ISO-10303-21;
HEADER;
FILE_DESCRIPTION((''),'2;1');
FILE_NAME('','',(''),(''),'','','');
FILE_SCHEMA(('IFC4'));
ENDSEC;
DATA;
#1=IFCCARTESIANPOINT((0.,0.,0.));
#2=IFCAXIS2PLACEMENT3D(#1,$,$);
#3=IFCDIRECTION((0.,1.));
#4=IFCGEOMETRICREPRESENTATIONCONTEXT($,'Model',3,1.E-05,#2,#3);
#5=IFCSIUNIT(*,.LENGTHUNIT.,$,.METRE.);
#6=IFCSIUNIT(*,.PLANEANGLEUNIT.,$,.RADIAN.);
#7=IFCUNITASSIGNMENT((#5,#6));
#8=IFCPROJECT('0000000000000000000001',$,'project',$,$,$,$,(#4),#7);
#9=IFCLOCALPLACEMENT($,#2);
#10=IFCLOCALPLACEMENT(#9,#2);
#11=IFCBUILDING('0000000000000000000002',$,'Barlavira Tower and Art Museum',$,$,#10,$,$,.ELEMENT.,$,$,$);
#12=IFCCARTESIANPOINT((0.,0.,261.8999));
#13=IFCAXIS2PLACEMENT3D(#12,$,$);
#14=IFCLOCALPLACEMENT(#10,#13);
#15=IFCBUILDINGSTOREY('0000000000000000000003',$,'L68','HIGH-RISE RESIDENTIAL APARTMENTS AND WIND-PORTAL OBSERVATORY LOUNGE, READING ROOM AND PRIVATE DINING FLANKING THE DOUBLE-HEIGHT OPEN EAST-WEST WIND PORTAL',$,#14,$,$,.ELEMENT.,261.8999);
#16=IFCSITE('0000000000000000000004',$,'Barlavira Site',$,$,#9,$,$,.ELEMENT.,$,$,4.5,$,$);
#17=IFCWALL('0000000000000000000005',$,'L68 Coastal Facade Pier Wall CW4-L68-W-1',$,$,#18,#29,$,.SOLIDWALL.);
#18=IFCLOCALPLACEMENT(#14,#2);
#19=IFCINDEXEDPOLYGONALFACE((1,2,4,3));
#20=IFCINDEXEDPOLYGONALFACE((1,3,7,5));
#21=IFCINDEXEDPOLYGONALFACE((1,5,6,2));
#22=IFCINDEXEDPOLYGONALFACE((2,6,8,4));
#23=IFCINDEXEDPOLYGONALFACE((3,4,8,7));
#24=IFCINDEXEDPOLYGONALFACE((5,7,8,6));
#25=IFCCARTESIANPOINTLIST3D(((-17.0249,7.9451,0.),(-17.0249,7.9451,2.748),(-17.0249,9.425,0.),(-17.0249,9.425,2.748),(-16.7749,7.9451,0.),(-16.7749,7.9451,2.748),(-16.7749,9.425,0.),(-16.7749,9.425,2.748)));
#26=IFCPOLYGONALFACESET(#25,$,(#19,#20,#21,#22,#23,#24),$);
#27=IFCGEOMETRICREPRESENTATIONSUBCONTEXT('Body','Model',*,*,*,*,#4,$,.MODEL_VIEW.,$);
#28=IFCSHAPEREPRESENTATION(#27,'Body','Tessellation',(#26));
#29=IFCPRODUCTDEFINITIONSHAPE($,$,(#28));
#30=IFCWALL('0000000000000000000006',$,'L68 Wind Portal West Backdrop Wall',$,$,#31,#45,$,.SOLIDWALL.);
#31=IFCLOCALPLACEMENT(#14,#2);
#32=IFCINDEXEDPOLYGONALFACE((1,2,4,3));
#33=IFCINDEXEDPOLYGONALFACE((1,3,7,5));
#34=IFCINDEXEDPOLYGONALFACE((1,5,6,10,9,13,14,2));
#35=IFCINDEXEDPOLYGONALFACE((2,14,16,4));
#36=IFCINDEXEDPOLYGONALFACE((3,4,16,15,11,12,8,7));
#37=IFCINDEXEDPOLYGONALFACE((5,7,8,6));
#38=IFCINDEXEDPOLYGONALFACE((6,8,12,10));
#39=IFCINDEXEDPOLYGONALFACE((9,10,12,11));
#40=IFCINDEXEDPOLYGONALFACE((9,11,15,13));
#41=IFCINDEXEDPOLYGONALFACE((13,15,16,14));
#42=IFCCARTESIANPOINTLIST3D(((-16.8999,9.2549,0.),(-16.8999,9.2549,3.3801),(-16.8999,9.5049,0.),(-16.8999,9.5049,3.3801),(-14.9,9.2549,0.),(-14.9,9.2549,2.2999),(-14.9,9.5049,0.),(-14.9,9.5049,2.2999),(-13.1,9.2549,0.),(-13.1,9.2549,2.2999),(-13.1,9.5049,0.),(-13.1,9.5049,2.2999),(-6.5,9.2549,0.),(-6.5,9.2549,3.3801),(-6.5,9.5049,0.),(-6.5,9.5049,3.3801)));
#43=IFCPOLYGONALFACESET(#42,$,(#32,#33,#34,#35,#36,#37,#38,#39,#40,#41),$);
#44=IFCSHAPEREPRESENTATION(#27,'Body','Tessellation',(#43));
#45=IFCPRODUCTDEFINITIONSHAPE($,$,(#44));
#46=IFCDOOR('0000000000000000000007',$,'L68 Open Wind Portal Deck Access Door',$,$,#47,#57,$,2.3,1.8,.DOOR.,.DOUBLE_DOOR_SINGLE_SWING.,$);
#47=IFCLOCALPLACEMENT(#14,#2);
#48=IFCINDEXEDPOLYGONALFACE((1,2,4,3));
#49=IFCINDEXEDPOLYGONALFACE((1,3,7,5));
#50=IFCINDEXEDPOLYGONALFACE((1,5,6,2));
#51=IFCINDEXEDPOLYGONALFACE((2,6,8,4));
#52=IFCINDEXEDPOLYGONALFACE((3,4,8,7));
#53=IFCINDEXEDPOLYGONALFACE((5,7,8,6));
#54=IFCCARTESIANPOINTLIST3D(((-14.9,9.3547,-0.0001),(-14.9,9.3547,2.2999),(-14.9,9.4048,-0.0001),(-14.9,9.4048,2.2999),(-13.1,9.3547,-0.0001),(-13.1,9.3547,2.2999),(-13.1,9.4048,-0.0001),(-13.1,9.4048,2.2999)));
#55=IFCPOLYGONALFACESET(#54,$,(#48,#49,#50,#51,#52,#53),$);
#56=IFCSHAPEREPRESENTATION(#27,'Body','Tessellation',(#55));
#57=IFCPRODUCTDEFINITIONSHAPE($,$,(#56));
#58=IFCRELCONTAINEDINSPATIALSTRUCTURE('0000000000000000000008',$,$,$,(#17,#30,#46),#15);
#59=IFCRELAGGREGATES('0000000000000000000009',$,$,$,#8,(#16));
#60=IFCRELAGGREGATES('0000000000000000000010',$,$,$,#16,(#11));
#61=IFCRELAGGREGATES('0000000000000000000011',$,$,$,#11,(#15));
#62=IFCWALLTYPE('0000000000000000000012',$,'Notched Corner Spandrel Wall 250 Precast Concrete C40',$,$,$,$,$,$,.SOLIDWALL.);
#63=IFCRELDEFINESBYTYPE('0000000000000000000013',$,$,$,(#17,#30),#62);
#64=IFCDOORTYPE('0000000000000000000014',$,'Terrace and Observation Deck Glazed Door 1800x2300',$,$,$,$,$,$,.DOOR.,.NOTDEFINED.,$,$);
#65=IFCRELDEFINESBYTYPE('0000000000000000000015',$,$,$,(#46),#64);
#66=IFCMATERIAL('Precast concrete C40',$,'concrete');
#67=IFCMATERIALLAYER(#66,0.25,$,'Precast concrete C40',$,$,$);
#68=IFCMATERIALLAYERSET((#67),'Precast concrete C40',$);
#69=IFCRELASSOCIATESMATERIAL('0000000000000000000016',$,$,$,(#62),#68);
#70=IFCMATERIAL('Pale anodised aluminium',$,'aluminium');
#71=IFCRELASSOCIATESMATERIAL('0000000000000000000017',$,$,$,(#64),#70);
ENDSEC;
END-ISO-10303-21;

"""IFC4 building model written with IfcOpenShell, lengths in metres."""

from ifc_helpers import new_model, si_unit, direction, frame, frame_2d, origin, place, context, subcontext, project, spatial, rectangle, extrude, material, layer, layer_set, type_object, element, fill, save


model = new_model("IFC4")

# Units and contexts
model_context = context("Model", 3, precision=1e-05, world=origin(), true_north=direction((0.0, 1.0)))
body_context = subcontext(model_context, "Body", "Model", "MODEL_VIEW")
ifc_project = project(units=[si_unit("LENGTHUNIT", "METRE"), si_unit("PLANEANGLEUNIT", "RADIAN")], contexts=[model_context])

# Site, building, storey
site_placement = place(None, origin())
site = spatial("IfcSite", under=ifc_project, at=site_placement, Name="Barlavira Site", CompositionType="ELEMENT", RefElevation=4.5)
building_placement = place(site_placement, origin())
building = spatial("IfcBuilding", under=site, at=building_placement, Name="Barlavira Tower and Art Museum", CompositionType="ELEMENT")
storey_placement = place(building_placement, frame((0.0, 0.0, 261.8999)))
storey = spatial("IfcBuildingStorey", under=building, at=storey_placement, Name="L68", Description="HIGH-RISE RESIDENTIAL APARTMENTS AND WIND-PORTAL OBSERVATORY LOUNGE, READING ROOM AND PRIVATE DINING FLANKING THE DOUBLE-HEIGHT OPEN EAST-WEST WIND PORTAL", CompositionType="ELEMENT", Elevation=261.8999)

# Shared definitions
ifc_material_1 = material(Name="Pale anodised aluminium", Category="aluminium")

# Wall
ifc_material_2 = material(Name="Precast concrete C40", Category="concrete")
ifc_layer_1 = layer(ifc_material_2, 0.25, Name="Precast concrete C40")
ifc_layer_set_1 = layer_set([ifc_layer_1], Name="Precast concrete C40")
wall_type = type_object("IfcWallType", Name="Notched Corner Spandrel Wall 250 Precast Concrete C40", PredefinedType="SOLIDWALL", material=ifc_layer_set_1)
wall_1_placement = place(storey_placement, frame((-16.8999, 9.425, 0.0), z_axis=(0.0, 0.0, 1.0), x_axis=(0.0, -1.0, 0.0)))
element("IfcWall", 1, at=wall_1_placement, inside=storey, type_object=wall_type, Name="L68 Coastal Facade Pier Wall CW4-L68-W-1", PredefinedType="SOLIDWALL", context=body_context, shape_type="SweptSolid", body=[
    extrude(rectangle(XDim=1.48, YDim=0.25, at=frame_2d((0.74, 0.0))), origin(), (0.0, 0.0, 1.0), 2.748),
])

# Wall, opening, door
wall_2_placement = place(storey_placement, frame((-16.8999, 9.3799, 0.0), z_axis=(0.0, 0.0, 1.0), x_axis=(1.0, 0.0, 0.0)))
wall_2 = element("IfcWall", 2, at=wall_2_placement, inside=storey, type_object=wall_type, Name="L68 Wind Portal West Backdrop Wall", PredefinedType="SOLIDWALL", context=body_context, shape_type="SweptSolid", body=[
    extrude(rectangle(XDim=10.3999, YDim=0.25, at=frame_2d((5.2, 0.0))), origin(), (0.0, 0.0, 1.0), 3.3801),
])
opening_placement = place(wall_2_placement, frame((2.0, 0.0, 0.0)))
opening = element("IfcOpeningElement", 3, at=opening_placement, cuts=wall_2, PredefinedType="OPENING", context=body_context, shape_type="SweptSolid", body=[
    extrude(rectangle(XDim=1.8, YDim=2.3, at=frame_2d((0.8999, 1.1499))), frame((0.0, 0.135, 0.0), z_axis=(0.0, -1.0, 0.0), x_axis=(1.0, 0.0, 0.0)), (0.0, 0.0, 1.0), 0.27),
])
door_type = type_object("IfcDoorType", Name="Terrace and Observation Deck Glazed Door 1800x2300", OperationType="NOTDEFINED", PredefinedType="DOOR", material=ifc_material_1)
door_placement = place(opening_placement, origin())
door = element("IfcDoor", 4, at=door_placement, inside=storey, type_object=door_type, Name="L68 Open Wind Portal Deck Access Door", OperationType="DOUBLE_DOOR_SINGLE_SWING", OverallHeight=2.3, OverallWidth=1.8, PredefinedType="DOOR", context=body_context, shape_type="SweptSolid", body=[
    extrude(rectangle(XDim=1.8, YDim=2.3, at=frame_2d((0.8999, 1.1499))), frame((0.0, 0.0249, 0.0), z_axis=(0.0, -1.0, 0.0), x_axis=(1.0, 0.0, 0.0)), (0.0, 0.0, 1.0), 0.05),
])
fill(opening, door)

save(model, "model.ifc")
